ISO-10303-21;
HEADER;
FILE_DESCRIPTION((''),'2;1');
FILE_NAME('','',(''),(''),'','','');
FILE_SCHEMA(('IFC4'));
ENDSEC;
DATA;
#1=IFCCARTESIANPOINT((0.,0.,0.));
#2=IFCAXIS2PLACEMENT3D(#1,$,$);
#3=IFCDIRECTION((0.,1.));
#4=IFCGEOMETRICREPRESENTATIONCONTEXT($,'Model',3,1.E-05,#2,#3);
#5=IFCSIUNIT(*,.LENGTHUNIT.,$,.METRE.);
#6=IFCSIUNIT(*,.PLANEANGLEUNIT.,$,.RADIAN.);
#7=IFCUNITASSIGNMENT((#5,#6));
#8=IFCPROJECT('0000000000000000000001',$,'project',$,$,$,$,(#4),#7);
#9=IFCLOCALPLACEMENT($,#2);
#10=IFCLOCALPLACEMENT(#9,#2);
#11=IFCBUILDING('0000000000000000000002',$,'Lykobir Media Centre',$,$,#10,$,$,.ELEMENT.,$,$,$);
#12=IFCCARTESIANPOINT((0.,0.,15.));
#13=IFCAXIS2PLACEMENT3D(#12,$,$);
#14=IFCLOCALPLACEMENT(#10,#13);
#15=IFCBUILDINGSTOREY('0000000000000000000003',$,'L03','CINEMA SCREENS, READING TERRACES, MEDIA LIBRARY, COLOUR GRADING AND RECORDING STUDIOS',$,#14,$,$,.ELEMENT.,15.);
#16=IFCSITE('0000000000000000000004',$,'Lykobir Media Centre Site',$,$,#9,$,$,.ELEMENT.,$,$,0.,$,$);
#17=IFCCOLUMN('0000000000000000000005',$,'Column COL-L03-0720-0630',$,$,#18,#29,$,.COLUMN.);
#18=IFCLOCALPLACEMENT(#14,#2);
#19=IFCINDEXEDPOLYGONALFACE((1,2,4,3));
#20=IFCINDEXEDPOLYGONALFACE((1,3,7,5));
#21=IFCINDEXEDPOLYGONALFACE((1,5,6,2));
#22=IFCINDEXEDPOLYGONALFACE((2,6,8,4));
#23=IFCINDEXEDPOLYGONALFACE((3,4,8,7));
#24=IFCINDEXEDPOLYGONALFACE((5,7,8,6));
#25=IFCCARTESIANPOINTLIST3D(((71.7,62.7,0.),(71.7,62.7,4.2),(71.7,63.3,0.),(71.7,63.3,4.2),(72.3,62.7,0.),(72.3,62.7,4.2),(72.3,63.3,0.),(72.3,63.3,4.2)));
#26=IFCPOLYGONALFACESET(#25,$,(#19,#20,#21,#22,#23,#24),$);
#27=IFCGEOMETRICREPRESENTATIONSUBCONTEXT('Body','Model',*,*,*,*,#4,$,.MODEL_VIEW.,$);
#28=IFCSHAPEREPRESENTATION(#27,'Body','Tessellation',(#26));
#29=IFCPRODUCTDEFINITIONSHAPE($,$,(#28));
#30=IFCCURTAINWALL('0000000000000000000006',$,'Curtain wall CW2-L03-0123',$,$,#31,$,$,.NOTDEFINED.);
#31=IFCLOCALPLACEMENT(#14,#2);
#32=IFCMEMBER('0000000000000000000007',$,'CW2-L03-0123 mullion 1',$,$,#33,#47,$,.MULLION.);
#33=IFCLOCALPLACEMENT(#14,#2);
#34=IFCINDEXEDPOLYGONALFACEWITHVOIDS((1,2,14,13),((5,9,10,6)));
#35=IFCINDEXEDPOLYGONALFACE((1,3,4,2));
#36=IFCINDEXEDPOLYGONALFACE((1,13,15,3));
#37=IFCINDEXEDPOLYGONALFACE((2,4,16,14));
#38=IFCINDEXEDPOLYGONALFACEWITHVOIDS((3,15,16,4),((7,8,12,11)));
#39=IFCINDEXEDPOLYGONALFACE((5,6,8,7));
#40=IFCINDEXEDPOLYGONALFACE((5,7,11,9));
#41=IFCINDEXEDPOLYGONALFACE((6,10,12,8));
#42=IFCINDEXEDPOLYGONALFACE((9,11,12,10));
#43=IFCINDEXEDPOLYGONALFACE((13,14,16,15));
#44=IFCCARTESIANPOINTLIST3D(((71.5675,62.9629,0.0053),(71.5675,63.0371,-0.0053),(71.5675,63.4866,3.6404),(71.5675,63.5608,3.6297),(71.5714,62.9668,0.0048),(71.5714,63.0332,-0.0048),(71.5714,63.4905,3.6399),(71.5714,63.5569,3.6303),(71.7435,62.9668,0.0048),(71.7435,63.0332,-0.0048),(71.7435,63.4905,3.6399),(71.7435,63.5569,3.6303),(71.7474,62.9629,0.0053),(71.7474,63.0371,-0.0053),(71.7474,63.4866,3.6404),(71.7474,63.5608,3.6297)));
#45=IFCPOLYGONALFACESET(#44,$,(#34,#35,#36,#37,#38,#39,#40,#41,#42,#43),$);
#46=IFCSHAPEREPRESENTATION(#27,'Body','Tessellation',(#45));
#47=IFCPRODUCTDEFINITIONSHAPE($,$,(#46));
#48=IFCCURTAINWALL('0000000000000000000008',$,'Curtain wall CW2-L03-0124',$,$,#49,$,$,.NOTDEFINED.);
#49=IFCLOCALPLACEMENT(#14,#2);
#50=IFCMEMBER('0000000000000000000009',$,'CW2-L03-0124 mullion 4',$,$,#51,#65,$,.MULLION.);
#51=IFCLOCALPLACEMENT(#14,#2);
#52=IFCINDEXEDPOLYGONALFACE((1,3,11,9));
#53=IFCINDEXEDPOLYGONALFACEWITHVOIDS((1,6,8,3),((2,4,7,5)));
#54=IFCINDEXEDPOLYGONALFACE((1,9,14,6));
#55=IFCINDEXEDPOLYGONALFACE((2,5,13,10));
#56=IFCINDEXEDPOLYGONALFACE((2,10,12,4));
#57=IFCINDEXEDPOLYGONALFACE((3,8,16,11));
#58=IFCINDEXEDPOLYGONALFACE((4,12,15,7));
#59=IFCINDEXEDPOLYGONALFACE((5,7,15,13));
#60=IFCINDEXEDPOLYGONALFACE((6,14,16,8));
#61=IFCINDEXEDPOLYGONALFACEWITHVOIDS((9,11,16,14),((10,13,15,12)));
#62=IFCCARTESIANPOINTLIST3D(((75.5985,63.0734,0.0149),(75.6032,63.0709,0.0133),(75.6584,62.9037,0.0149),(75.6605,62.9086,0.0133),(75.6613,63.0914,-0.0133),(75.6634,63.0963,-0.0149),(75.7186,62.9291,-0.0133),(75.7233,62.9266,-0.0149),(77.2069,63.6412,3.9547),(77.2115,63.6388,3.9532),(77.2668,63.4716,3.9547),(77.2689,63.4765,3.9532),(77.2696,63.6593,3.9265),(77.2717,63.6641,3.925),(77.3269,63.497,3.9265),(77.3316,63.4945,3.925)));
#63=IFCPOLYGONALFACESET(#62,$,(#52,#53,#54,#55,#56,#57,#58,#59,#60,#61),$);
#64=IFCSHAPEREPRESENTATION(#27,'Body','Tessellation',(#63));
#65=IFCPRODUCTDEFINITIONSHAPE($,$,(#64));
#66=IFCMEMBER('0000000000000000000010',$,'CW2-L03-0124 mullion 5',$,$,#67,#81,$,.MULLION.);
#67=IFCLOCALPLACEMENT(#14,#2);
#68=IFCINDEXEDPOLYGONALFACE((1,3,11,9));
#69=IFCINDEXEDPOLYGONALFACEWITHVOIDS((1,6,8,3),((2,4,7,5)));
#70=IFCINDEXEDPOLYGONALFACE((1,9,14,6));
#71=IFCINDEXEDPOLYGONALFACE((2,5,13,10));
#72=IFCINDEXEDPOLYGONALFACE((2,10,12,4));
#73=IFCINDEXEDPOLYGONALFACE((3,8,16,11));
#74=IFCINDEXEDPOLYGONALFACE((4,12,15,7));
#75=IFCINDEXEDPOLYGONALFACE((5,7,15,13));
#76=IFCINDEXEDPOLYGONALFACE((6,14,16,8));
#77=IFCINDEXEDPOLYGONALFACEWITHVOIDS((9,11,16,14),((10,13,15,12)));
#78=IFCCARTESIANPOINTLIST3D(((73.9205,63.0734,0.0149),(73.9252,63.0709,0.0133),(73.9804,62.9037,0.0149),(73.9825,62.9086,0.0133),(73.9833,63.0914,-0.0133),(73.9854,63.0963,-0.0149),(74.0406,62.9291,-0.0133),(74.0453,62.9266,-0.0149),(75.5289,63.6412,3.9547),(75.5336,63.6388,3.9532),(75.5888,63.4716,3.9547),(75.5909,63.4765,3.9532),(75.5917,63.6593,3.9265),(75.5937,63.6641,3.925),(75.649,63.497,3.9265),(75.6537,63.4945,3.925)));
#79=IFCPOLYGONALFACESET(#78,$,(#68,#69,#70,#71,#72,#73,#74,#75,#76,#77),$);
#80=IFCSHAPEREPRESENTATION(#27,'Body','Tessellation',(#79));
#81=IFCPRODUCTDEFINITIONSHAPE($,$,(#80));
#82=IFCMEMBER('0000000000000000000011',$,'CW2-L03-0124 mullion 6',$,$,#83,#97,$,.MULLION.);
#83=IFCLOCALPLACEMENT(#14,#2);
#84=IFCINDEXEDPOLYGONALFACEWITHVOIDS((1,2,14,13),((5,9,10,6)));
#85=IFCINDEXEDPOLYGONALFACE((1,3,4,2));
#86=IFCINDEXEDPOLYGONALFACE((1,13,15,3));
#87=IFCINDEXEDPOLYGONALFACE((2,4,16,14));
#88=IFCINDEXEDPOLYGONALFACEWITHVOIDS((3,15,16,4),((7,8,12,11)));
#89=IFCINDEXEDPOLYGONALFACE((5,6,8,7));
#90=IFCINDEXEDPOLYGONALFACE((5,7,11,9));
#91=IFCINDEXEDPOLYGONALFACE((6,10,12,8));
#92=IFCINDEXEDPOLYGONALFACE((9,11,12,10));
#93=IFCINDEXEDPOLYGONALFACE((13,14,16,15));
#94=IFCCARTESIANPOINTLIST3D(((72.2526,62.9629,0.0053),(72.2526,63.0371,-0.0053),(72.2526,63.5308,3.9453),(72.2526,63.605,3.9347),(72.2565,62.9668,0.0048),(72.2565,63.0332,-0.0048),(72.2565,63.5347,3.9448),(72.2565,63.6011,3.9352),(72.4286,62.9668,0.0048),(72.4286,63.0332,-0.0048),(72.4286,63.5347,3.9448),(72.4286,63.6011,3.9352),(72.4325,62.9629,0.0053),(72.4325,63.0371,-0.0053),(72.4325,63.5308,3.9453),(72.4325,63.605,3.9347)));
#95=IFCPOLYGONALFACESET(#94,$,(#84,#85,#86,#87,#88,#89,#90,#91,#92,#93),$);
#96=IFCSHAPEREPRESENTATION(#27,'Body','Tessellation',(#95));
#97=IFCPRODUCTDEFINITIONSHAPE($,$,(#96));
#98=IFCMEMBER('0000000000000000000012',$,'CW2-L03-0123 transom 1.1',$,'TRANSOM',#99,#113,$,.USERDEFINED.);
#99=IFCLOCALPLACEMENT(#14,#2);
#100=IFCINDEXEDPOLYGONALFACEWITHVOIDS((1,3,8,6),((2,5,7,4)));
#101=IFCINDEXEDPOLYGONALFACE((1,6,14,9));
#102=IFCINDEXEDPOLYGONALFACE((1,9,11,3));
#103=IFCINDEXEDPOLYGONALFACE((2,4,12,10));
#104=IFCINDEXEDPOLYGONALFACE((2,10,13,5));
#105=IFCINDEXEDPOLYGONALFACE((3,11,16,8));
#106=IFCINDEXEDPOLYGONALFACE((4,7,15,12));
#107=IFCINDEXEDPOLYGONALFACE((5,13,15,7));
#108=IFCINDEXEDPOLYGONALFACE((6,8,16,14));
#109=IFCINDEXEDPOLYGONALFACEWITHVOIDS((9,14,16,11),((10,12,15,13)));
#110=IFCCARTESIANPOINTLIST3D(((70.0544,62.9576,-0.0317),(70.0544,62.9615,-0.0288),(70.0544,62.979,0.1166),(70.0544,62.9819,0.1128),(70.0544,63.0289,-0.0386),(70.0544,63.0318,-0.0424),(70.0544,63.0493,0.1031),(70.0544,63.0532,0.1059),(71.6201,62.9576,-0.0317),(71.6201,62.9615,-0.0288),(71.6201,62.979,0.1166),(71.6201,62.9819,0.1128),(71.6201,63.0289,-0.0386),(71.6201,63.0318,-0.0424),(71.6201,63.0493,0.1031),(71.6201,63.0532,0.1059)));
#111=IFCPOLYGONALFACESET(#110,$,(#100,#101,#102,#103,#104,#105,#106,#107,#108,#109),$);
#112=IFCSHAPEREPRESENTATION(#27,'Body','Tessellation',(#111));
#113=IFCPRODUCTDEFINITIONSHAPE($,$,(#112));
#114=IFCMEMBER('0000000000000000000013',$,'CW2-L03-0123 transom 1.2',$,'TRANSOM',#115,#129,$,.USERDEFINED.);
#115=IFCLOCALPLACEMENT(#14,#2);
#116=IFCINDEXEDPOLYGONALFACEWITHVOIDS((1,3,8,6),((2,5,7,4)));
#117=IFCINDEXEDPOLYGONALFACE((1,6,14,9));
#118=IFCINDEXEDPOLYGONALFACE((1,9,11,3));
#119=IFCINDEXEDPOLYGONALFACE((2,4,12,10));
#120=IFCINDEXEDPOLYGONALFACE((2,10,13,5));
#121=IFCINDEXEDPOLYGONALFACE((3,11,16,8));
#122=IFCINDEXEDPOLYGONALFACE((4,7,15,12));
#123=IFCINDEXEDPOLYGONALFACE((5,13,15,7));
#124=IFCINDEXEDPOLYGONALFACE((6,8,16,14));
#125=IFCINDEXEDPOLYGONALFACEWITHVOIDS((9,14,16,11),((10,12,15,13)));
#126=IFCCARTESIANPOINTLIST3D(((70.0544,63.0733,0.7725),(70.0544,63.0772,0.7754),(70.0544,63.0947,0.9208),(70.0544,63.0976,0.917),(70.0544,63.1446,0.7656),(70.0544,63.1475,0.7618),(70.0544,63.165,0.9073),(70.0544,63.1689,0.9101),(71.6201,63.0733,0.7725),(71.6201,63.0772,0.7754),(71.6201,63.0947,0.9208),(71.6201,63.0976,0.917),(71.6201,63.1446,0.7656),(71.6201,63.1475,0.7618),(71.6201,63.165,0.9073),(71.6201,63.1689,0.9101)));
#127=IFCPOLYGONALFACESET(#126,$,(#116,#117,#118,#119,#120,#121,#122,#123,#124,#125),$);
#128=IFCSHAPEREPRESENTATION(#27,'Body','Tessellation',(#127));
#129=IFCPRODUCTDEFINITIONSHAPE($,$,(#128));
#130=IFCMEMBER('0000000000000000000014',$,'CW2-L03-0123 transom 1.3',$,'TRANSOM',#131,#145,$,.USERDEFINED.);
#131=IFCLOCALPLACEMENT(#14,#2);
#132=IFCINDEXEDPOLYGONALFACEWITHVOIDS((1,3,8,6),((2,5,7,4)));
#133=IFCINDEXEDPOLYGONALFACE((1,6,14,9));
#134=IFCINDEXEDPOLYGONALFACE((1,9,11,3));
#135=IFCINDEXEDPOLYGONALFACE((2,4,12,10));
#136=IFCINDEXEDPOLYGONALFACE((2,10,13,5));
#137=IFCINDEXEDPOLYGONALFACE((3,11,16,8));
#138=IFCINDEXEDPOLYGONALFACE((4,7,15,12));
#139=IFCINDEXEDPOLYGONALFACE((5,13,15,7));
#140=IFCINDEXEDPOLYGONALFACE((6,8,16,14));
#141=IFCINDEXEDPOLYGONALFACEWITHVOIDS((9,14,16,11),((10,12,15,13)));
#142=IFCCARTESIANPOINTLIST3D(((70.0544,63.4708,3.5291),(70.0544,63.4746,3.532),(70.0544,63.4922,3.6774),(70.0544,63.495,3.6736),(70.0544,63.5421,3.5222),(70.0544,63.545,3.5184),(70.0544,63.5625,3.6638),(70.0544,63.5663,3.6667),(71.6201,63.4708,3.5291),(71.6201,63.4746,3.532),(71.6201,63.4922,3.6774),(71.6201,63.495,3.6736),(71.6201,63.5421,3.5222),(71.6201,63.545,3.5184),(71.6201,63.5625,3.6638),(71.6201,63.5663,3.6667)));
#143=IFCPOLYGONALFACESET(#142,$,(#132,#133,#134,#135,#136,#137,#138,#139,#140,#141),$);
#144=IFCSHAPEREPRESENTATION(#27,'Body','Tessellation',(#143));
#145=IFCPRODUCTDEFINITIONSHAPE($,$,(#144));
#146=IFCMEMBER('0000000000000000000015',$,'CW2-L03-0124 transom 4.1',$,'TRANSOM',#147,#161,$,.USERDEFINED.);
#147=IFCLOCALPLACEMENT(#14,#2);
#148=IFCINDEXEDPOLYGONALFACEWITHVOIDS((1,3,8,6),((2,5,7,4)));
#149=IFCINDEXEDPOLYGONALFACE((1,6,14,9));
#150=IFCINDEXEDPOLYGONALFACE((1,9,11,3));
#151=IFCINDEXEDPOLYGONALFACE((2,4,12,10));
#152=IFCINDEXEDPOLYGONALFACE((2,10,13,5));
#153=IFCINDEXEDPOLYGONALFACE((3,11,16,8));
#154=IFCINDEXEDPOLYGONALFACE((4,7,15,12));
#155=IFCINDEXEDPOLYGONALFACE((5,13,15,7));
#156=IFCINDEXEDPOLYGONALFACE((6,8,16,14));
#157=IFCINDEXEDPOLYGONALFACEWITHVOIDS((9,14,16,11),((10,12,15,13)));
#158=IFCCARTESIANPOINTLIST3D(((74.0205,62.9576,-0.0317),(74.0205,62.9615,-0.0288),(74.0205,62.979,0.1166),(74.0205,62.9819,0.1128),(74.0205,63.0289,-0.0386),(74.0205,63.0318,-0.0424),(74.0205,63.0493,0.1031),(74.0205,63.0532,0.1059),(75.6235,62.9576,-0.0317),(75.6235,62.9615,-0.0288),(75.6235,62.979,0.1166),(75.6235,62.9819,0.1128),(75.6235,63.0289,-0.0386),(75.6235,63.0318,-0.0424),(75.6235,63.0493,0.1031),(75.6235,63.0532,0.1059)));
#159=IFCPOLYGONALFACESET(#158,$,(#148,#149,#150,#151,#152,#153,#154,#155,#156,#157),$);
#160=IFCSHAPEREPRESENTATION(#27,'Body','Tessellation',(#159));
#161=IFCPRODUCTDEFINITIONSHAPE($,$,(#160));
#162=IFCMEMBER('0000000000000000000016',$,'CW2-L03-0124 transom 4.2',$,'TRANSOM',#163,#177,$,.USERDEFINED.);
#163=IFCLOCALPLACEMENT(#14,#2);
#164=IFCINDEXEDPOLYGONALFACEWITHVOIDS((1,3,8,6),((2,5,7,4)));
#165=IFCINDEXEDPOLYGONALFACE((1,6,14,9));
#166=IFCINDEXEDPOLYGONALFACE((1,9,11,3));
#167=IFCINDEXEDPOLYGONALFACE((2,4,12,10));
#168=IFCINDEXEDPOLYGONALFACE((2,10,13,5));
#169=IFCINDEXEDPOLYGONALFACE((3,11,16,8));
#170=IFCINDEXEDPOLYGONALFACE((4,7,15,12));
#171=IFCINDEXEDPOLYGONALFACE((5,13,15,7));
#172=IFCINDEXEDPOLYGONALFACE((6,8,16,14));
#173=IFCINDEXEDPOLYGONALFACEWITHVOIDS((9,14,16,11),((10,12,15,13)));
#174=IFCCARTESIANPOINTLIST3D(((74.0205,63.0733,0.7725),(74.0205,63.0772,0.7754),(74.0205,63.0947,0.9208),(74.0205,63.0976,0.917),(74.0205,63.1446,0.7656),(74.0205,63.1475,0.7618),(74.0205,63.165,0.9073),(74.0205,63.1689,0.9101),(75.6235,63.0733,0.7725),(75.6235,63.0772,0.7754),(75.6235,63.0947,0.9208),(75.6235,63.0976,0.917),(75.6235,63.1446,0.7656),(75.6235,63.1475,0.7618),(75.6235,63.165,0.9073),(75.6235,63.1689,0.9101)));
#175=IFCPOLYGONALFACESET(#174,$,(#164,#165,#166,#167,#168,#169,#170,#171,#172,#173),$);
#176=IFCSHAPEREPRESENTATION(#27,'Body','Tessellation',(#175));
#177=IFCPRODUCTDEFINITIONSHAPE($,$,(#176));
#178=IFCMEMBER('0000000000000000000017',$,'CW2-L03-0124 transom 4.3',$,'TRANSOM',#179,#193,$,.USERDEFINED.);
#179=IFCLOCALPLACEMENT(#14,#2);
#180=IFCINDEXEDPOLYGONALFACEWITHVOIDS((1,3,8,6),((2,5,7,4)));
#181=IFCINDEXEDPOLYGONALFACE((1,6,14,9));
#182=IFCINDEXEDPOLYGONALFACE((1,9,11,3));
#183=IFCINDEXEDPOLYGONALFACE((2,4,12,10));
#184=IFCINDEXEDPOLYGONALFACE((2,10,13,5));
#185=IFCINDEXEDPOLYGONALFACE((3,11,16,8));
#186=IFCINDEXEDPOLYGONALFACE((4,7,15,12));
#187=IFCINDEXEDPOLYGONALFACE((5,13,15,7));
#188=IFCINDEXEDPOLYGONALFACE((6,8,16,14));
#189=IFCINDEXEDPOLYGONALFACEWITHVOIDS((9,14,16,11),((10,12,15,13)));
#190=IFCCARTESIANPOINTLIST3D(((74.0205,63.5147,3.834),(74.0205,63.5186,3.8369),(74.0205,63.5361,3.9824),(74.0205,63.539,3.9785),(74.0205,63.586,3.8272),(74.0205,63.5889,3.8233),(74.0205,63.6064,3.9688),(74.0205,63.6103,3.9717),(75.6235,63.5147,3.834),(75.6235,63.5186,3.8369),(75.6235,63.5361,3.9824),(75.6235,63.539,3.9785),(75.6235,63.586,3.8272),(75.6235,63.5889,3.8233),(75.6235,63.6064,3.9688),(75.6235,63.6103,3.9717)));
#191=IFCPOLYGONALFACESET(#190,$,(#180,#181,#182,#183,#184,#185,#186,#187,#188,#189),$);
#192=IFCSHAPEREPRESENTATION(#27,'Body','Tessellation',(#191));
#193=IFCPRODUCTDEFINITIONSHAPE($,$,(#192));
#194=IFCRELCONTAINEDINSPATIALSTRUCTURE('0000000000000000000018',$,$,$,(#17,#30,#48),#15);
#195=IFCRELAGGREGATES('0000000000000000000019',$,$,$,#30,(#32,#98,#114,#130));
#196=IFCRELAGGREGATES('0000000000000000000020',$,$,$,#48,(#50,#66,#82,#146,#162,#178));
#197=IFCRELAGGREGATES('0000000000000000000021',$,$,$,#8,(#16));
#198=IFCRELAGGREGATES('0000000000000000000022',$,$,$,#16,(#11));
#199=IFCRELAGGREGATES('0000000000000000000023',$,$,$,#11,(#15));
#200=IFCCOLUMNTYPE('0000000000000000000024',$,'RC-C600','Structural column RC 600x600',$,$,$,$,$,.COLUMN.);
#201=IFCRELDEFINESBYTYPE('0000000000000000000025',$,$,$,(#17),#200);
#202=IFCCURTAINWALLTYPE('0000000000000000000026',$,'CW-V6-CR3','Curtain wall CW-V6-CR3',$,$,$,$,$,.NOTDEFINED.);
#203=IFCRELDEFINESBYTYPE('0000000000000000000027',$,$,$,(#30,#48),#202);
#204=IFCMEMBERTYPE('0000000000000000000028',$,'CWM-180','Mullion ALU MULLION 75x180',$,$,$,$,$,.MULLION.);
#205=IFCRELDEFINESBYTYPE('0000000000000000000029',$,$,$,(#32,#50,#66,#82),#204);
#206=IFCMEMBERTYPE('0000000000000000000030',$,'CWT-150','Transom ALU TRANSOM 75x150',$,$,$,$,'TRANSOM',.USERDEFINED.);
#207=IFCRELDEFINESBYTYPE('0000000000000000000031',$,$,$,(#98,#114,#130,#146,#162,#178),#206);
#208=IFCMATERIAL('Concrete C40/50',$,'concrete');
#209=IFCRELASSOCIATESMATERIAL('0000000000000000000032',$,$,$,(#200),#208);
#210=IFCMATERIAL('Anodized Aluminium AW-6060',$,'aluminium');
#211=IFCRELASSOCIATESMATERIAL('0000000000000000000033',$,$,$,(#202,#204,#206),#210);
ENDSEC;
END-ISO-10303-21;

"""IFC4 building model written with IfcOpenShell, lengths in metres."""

from ifc_helpers import new_model, si_unit, direction, frame, origin, origin_2d, place, context, subcontext, project, spatial, rectangle, hollow_rectangle, extrude, material, material_profile, profile_set, type_object, element, aggregate, save


model = new_model("IFC4")

# Units and contexts
model_context = context("Model", 3, precision=1e-05, world=origin(), true_north=direction((0.0, 1.0)))
body_context = subcontext(model_context, "Body", "Model", "MODEL_VIEW")
ifc_project = project(units=[si_unit("LENGTHUNIT", "METRE"), si_unit("PLANEANGLEUNIT", "RADIAN")], contexts=[model_context])

# Site, building, storey
site_placement = place(None, origin())
site = spatial("IfcSite", under=ifc_project, at=site_placement, Name="Lykobir Media Centre Site", CompositionType="ELEMENT", RefElevation=0.0)
building_placement = place(site_placement, origin())
building = spatial("IfcBuilding", under=site, at=building_placement, Name="Lykobir Media Centre", CompositionType="ELEMENT")
storey_placement = place(building_placement, frame((0.0, 0.0, 15.0)))
storey = spatial("IfcBuildingStorey", under=building, at=storey_placement, Name="L03", Description="CINEMA SCREENS, READING TERRACES, MEDIA LIBRARY, COLOUR GRADING AND RECORDING STUDIOS", CompositionType="ELEMENT", Elevation=15.0)

# Column
ifc_material_1 = material(Name="Concrete C40/50", Category="concrete")
ifc_material_profile_1 = material_profile(ifc_material_1, rectangle(XDim=0.6001, YDim=0.6001, at=origin_2d()), Name="RC 600x600")
ifc_profile_set_1 = profile_set([ifc_material_profile_1], Name="Concrete C40/50")
column_type = type_object("IfcColumnType", Name="RC-C600", Description="Structural column RC 600x600", PredefinedType="COLUMN", material=ifc_profile_set_1)
column_placement = place(storey_placement, frame((72.0, 63.0, 0.0), z_axis=(0.0, 0.0, 1.0), x_axis=(1.0, 0.0, 0.0)))
element("IfcColumn", 1, at=column_placement, inside=storey, type_object=column_type, Name="Column COL-L03-0720-0630", PredefinedType="COLUMN", context=body_context, shape_type="SweptSolid", body=[
    extrude(rectangle(XDim=0.6001, YDim=0.6001, at=origin_2d()), origin(), (0.0, 0.0, 1.0), 4.2),
])

# Curtain wall, member
ifc_material_2 = material(Name="Anodized Aluminium AW-6060", Category="aluminium")
curtain_wall_type = type_object("IfcCurtainWallType", Name="CW-V6-CR3", Description="Curtain wall CW-V6-CR3", PredefinedType="NOTDEFINED", material=ifc_material_2)
curtain_wall_1_placement = place(storey_placement, origin())
curtain_wall_1 = element("IfcCurtainWall", 2, at=curtain_wall_1_placement, inside=storey, type_object=curtain_wall_type, Name="Curtain wall CW2-L03-0123", PredefinedType="NOTDEFINED")
ifc_material_profile_2 = material_profile(ifc_material_2, hollow_rectangle(XDim=0.075, YDim=0.1799, WallThickness=0.0039, at=origin_2d()), Name="ALU MULLION 75x180")
ifc_profile_set_2 = profile_set([ifc_material_profile_2], Name="Anodized Aluminium AW-6060")
member_type_1 = type_object("IfcMemberType", Name="CWM-180", Description="Mullion ALU MULLION 75x180", PredefinedType="MULLION", material=ifc_profile_set_2)
member_1_placement = place(storey_placement, frame((71.6575, 63.0, 0.0), z_axis=(0.0, 0.142594, 0.989781), x_axis=(0.0, 0.989781, -0.142594)))
member_1 = element("IfcMember", 3, at=member_1_placement, type_object=member_type_1, Name="CW2-L03-0123 mullion 1", PredefinedType="MULLION", context=body_context, shape_type="SweptSolid", body=[
    extrude(hollow_rectangle(XDim=0.075, YDim=0.1799, WallThickness=0.0039, at=origin_2d()), origin(), (0.0, 0.0, 1.0), 3.6726),
])

# Curtain wall, members
curtain_wall_2_placement = place(storey_placement, origin())
curtain_wall_2 = element("IfcCurtainWall", 4, at=curtain_wall_2_placement, inside=storey, type_object=curtain_wall_type, Name="Curtain wall CW2-L03-0124", PredefinedType="NOTDEFINED")
member_2_placement = place(storey_placement, frame((75.6609, 63.0, 0.0), z_axis=(0.374628, 0.132269, 0.917692), x_axis=(0.865341, 0.305523, -0.397293)))
member_2 = element("IfcMember", 5, at=member_2_placement, type_object=member_type_1, Name="CW2-L03-0124 mullion 4", PredefinedType="MULLION", context=body_context, shape_type="SweptSolid", body=[
    extrude(hollow_rectangle(XDim=0.075, YDim=0.1799, WallThickness=0.0039, at=origin_2d()), origin(), (0.0, 0.0, 1.0), 4.2932),
])
member_3_placement = place(storey_placement, frame((73.9829, 63.0, 0.0), z_axis=(0.374628, 0.132269, 0.917692), x_axis=(0.865341, 0.305523, -0.397293)))
member_3 = element("IfcMember", 6, at=member_3_placement, type_object=member_type_1, Name="CW2-L03-0124 mullion 5", PredefinedType="MULLION", context=body_context, shape_type="SweptSolid", body=[
    extrude(hollow_rectangle(XDim=0.075, YDim=0.1799, WallThickness=0.0039, at=origin_2d()), origin(), (0.0, 0.0, 1.0), 4.2932),
])
member_4_placement = place(storey_placement, frame((72.3425, 63.0, 0.0), z_axis=(0.0, 0.142658, 0.989772), x_axis=(0.0, 0.989772, -0.142658)))
member_4 = element("IfcMember", 7, at=member_4_placement, type_object=member_type_1, Name="CW2-L03-0124 mullion 6", PredefinedType="MULLION", context=body_context, shape_type="SweptSolid", body=[
    extrude(hollow_rectangle(XDim=0.075, YDim=0.1799, WallThickness=0.0039, at=origin_2d()), origin(), (0.0, 0.0, 1.0), 3.9807),
])

# Members
ifc_material_profile_3 = material_profile(ifc_material_2, hollow_rectangle(XDim=0.075, YDim=0.1499, WallThickness=0.0034, at=origin_2d()), Name="ALU TRANSOM 75x150")
ifc_profile_set_3 = profile_set([ifc_material_profile_3], Name="Anodized Aluminium AW-6060")
member_type_2 = type_object("IfcMemberType", Name="CWT-150", Description="Transom ALU TRANSOM 75x150", ElementType="TRANSOM", PredefinedType="USERDEFINED", material=ifc_profile_set_3)
member_5_placement = place(storey_placement, frame((71.6201, 63.0054, 0.0371), z_axis=(-1.0, 0.0, 0.0), x_axis=(0.0, -0.989776, 0.142629)))
member_5 = element("IfcMember", 8, at=member_5_placement, type_object=member_type_2, Name="CW2-L03-0123 transom 1.1", ObjectType="TRANSOM", PredefinedType="USERDEFINED", context=body_context, shape_type="SweptSolid", body=[
    extrude(hollow_rectangle(XDim=0.075, YDim=0.1499, WallThickness=0.0034, at=origin_2d()), origin(), (0.0, 0.0, 1.0), 1.5657),
])
member_6_placement = place(storey_placement, frame((71.6201, 63.1211, 0.8413), z_axis=(-1.0, 0.0, 0.0), x_axis=(0.0, -0.989776, 0.142629)))
member_6 = element("IfcMember", 9, at=member_6_placement, type_object=member_type_2, Name="CW2-L03-0123 transom 1.2", ObjectType="TRANSOM", PredefinedType="USERDEFINED", context=body_context, shape_type="SweptSolid", body=[
    extrude(hollow_rectangle(XDim=0.075, YDim=0.1499, WallThickness=0.0034, at=origin_2d()), origin(), (0.0, 0.0, 1.0), 1.5657),
])
member_7_placement = place(storey_placement, frame((71.6201, 63.5186, 3.5979), z_axis=(-1.0, 0.0, 0.0), x_axis=(0.0, -0.989776, 0.142629)))
member_7 = element("IfcMember", 10, at=member_7_placement, type_object=member_type_2, Name="CW2-L03-0123 transom 1.3", ObjectType="TRANSOM", PredefinedType="USERDEFINED", context=body_context, shape_type="SweptSolid", body=[
    extrude(hollow_rectangle(XDim=0.075, YDim=0.1499, WallThickness=0.0034, at=origin_2d()), origin(), (0.0, 0.0, 1.0), 1.5657),
])
member_8_placement = place(storey_placement, frame((75.6235, 63.0054, 0.0371), z_axis=(-1.0, 0.0, 0.0), x_axis=(0.0, -0.989776, 0.142629)))
member_8 = element("IfcMember", 11, at=member_8_placement, type_object=member_type_2, Name="CW2-L03-0124 transom 4.1", ObjectType="TRANSOM", PredefinedType="USERDEFINED", context=body_context, shape_type="SweptSolid", body=[
    extrude(hollow_rectangle(XDim=0.075, YDim=0.1499, WallThickness=0.0034, at=origin_2d()), origin(), (0.0, 0.0, 1.0), 1.603),
])
member_9_placement = place(storey_placement, frame((75.6235, 63.1211, 0.8413), z_axis=(-1.0, 0.0, 0.0), x_axis=(0.0, -0.989776, 0.142629)))
member_9 = element("IfcMember", 12, at=member_9_placement, type_object=member_type_2, Name="CW2-L03-0124 transom 4.2", ObjectType="TRANSOM", PredefinedType="USERDEFINED", context=body_context, shape_type="SweptSolid", body=[
    extrude(hollow_rectangle(XDim=0.075, YDim=0.1499, WallThickness=0.0034, at=origin_2d()), origin(), (0.0, 0.0, 1.0), 1.603),
])
member_10_placement = place(storey_placement, frame((75.6235, 63.5625, 3.9028), z_axis=(-1.0, 0.0, 0.0), x_axis=(0.0, -0.989776, 0.142629)))
member_10 = element("IfcMember", 13, at=member_10_placement, type_object=member_type_2, Name="CW2-L03-0124 transom 4.3", ObjectType="TRANSOM", PredefinedType="USERDEFINED", context=body_context, shape_type="SweptSolid", body=[
    extrude(hollow_rectangle(XDim=0.075, YDim=0.1499, WallThickness=0.0034, at=origin_2d()), origin(), (0.0, 0.0, 1.0), 1.603),
])

aggregate(curtain_wall_1, [member_1, member_5, member_6, member_7])
aggregate(curtain_wall_2, [member_2, member_3, member_4, member_8, member_9, member_10])

save(model, "model.ifc")
